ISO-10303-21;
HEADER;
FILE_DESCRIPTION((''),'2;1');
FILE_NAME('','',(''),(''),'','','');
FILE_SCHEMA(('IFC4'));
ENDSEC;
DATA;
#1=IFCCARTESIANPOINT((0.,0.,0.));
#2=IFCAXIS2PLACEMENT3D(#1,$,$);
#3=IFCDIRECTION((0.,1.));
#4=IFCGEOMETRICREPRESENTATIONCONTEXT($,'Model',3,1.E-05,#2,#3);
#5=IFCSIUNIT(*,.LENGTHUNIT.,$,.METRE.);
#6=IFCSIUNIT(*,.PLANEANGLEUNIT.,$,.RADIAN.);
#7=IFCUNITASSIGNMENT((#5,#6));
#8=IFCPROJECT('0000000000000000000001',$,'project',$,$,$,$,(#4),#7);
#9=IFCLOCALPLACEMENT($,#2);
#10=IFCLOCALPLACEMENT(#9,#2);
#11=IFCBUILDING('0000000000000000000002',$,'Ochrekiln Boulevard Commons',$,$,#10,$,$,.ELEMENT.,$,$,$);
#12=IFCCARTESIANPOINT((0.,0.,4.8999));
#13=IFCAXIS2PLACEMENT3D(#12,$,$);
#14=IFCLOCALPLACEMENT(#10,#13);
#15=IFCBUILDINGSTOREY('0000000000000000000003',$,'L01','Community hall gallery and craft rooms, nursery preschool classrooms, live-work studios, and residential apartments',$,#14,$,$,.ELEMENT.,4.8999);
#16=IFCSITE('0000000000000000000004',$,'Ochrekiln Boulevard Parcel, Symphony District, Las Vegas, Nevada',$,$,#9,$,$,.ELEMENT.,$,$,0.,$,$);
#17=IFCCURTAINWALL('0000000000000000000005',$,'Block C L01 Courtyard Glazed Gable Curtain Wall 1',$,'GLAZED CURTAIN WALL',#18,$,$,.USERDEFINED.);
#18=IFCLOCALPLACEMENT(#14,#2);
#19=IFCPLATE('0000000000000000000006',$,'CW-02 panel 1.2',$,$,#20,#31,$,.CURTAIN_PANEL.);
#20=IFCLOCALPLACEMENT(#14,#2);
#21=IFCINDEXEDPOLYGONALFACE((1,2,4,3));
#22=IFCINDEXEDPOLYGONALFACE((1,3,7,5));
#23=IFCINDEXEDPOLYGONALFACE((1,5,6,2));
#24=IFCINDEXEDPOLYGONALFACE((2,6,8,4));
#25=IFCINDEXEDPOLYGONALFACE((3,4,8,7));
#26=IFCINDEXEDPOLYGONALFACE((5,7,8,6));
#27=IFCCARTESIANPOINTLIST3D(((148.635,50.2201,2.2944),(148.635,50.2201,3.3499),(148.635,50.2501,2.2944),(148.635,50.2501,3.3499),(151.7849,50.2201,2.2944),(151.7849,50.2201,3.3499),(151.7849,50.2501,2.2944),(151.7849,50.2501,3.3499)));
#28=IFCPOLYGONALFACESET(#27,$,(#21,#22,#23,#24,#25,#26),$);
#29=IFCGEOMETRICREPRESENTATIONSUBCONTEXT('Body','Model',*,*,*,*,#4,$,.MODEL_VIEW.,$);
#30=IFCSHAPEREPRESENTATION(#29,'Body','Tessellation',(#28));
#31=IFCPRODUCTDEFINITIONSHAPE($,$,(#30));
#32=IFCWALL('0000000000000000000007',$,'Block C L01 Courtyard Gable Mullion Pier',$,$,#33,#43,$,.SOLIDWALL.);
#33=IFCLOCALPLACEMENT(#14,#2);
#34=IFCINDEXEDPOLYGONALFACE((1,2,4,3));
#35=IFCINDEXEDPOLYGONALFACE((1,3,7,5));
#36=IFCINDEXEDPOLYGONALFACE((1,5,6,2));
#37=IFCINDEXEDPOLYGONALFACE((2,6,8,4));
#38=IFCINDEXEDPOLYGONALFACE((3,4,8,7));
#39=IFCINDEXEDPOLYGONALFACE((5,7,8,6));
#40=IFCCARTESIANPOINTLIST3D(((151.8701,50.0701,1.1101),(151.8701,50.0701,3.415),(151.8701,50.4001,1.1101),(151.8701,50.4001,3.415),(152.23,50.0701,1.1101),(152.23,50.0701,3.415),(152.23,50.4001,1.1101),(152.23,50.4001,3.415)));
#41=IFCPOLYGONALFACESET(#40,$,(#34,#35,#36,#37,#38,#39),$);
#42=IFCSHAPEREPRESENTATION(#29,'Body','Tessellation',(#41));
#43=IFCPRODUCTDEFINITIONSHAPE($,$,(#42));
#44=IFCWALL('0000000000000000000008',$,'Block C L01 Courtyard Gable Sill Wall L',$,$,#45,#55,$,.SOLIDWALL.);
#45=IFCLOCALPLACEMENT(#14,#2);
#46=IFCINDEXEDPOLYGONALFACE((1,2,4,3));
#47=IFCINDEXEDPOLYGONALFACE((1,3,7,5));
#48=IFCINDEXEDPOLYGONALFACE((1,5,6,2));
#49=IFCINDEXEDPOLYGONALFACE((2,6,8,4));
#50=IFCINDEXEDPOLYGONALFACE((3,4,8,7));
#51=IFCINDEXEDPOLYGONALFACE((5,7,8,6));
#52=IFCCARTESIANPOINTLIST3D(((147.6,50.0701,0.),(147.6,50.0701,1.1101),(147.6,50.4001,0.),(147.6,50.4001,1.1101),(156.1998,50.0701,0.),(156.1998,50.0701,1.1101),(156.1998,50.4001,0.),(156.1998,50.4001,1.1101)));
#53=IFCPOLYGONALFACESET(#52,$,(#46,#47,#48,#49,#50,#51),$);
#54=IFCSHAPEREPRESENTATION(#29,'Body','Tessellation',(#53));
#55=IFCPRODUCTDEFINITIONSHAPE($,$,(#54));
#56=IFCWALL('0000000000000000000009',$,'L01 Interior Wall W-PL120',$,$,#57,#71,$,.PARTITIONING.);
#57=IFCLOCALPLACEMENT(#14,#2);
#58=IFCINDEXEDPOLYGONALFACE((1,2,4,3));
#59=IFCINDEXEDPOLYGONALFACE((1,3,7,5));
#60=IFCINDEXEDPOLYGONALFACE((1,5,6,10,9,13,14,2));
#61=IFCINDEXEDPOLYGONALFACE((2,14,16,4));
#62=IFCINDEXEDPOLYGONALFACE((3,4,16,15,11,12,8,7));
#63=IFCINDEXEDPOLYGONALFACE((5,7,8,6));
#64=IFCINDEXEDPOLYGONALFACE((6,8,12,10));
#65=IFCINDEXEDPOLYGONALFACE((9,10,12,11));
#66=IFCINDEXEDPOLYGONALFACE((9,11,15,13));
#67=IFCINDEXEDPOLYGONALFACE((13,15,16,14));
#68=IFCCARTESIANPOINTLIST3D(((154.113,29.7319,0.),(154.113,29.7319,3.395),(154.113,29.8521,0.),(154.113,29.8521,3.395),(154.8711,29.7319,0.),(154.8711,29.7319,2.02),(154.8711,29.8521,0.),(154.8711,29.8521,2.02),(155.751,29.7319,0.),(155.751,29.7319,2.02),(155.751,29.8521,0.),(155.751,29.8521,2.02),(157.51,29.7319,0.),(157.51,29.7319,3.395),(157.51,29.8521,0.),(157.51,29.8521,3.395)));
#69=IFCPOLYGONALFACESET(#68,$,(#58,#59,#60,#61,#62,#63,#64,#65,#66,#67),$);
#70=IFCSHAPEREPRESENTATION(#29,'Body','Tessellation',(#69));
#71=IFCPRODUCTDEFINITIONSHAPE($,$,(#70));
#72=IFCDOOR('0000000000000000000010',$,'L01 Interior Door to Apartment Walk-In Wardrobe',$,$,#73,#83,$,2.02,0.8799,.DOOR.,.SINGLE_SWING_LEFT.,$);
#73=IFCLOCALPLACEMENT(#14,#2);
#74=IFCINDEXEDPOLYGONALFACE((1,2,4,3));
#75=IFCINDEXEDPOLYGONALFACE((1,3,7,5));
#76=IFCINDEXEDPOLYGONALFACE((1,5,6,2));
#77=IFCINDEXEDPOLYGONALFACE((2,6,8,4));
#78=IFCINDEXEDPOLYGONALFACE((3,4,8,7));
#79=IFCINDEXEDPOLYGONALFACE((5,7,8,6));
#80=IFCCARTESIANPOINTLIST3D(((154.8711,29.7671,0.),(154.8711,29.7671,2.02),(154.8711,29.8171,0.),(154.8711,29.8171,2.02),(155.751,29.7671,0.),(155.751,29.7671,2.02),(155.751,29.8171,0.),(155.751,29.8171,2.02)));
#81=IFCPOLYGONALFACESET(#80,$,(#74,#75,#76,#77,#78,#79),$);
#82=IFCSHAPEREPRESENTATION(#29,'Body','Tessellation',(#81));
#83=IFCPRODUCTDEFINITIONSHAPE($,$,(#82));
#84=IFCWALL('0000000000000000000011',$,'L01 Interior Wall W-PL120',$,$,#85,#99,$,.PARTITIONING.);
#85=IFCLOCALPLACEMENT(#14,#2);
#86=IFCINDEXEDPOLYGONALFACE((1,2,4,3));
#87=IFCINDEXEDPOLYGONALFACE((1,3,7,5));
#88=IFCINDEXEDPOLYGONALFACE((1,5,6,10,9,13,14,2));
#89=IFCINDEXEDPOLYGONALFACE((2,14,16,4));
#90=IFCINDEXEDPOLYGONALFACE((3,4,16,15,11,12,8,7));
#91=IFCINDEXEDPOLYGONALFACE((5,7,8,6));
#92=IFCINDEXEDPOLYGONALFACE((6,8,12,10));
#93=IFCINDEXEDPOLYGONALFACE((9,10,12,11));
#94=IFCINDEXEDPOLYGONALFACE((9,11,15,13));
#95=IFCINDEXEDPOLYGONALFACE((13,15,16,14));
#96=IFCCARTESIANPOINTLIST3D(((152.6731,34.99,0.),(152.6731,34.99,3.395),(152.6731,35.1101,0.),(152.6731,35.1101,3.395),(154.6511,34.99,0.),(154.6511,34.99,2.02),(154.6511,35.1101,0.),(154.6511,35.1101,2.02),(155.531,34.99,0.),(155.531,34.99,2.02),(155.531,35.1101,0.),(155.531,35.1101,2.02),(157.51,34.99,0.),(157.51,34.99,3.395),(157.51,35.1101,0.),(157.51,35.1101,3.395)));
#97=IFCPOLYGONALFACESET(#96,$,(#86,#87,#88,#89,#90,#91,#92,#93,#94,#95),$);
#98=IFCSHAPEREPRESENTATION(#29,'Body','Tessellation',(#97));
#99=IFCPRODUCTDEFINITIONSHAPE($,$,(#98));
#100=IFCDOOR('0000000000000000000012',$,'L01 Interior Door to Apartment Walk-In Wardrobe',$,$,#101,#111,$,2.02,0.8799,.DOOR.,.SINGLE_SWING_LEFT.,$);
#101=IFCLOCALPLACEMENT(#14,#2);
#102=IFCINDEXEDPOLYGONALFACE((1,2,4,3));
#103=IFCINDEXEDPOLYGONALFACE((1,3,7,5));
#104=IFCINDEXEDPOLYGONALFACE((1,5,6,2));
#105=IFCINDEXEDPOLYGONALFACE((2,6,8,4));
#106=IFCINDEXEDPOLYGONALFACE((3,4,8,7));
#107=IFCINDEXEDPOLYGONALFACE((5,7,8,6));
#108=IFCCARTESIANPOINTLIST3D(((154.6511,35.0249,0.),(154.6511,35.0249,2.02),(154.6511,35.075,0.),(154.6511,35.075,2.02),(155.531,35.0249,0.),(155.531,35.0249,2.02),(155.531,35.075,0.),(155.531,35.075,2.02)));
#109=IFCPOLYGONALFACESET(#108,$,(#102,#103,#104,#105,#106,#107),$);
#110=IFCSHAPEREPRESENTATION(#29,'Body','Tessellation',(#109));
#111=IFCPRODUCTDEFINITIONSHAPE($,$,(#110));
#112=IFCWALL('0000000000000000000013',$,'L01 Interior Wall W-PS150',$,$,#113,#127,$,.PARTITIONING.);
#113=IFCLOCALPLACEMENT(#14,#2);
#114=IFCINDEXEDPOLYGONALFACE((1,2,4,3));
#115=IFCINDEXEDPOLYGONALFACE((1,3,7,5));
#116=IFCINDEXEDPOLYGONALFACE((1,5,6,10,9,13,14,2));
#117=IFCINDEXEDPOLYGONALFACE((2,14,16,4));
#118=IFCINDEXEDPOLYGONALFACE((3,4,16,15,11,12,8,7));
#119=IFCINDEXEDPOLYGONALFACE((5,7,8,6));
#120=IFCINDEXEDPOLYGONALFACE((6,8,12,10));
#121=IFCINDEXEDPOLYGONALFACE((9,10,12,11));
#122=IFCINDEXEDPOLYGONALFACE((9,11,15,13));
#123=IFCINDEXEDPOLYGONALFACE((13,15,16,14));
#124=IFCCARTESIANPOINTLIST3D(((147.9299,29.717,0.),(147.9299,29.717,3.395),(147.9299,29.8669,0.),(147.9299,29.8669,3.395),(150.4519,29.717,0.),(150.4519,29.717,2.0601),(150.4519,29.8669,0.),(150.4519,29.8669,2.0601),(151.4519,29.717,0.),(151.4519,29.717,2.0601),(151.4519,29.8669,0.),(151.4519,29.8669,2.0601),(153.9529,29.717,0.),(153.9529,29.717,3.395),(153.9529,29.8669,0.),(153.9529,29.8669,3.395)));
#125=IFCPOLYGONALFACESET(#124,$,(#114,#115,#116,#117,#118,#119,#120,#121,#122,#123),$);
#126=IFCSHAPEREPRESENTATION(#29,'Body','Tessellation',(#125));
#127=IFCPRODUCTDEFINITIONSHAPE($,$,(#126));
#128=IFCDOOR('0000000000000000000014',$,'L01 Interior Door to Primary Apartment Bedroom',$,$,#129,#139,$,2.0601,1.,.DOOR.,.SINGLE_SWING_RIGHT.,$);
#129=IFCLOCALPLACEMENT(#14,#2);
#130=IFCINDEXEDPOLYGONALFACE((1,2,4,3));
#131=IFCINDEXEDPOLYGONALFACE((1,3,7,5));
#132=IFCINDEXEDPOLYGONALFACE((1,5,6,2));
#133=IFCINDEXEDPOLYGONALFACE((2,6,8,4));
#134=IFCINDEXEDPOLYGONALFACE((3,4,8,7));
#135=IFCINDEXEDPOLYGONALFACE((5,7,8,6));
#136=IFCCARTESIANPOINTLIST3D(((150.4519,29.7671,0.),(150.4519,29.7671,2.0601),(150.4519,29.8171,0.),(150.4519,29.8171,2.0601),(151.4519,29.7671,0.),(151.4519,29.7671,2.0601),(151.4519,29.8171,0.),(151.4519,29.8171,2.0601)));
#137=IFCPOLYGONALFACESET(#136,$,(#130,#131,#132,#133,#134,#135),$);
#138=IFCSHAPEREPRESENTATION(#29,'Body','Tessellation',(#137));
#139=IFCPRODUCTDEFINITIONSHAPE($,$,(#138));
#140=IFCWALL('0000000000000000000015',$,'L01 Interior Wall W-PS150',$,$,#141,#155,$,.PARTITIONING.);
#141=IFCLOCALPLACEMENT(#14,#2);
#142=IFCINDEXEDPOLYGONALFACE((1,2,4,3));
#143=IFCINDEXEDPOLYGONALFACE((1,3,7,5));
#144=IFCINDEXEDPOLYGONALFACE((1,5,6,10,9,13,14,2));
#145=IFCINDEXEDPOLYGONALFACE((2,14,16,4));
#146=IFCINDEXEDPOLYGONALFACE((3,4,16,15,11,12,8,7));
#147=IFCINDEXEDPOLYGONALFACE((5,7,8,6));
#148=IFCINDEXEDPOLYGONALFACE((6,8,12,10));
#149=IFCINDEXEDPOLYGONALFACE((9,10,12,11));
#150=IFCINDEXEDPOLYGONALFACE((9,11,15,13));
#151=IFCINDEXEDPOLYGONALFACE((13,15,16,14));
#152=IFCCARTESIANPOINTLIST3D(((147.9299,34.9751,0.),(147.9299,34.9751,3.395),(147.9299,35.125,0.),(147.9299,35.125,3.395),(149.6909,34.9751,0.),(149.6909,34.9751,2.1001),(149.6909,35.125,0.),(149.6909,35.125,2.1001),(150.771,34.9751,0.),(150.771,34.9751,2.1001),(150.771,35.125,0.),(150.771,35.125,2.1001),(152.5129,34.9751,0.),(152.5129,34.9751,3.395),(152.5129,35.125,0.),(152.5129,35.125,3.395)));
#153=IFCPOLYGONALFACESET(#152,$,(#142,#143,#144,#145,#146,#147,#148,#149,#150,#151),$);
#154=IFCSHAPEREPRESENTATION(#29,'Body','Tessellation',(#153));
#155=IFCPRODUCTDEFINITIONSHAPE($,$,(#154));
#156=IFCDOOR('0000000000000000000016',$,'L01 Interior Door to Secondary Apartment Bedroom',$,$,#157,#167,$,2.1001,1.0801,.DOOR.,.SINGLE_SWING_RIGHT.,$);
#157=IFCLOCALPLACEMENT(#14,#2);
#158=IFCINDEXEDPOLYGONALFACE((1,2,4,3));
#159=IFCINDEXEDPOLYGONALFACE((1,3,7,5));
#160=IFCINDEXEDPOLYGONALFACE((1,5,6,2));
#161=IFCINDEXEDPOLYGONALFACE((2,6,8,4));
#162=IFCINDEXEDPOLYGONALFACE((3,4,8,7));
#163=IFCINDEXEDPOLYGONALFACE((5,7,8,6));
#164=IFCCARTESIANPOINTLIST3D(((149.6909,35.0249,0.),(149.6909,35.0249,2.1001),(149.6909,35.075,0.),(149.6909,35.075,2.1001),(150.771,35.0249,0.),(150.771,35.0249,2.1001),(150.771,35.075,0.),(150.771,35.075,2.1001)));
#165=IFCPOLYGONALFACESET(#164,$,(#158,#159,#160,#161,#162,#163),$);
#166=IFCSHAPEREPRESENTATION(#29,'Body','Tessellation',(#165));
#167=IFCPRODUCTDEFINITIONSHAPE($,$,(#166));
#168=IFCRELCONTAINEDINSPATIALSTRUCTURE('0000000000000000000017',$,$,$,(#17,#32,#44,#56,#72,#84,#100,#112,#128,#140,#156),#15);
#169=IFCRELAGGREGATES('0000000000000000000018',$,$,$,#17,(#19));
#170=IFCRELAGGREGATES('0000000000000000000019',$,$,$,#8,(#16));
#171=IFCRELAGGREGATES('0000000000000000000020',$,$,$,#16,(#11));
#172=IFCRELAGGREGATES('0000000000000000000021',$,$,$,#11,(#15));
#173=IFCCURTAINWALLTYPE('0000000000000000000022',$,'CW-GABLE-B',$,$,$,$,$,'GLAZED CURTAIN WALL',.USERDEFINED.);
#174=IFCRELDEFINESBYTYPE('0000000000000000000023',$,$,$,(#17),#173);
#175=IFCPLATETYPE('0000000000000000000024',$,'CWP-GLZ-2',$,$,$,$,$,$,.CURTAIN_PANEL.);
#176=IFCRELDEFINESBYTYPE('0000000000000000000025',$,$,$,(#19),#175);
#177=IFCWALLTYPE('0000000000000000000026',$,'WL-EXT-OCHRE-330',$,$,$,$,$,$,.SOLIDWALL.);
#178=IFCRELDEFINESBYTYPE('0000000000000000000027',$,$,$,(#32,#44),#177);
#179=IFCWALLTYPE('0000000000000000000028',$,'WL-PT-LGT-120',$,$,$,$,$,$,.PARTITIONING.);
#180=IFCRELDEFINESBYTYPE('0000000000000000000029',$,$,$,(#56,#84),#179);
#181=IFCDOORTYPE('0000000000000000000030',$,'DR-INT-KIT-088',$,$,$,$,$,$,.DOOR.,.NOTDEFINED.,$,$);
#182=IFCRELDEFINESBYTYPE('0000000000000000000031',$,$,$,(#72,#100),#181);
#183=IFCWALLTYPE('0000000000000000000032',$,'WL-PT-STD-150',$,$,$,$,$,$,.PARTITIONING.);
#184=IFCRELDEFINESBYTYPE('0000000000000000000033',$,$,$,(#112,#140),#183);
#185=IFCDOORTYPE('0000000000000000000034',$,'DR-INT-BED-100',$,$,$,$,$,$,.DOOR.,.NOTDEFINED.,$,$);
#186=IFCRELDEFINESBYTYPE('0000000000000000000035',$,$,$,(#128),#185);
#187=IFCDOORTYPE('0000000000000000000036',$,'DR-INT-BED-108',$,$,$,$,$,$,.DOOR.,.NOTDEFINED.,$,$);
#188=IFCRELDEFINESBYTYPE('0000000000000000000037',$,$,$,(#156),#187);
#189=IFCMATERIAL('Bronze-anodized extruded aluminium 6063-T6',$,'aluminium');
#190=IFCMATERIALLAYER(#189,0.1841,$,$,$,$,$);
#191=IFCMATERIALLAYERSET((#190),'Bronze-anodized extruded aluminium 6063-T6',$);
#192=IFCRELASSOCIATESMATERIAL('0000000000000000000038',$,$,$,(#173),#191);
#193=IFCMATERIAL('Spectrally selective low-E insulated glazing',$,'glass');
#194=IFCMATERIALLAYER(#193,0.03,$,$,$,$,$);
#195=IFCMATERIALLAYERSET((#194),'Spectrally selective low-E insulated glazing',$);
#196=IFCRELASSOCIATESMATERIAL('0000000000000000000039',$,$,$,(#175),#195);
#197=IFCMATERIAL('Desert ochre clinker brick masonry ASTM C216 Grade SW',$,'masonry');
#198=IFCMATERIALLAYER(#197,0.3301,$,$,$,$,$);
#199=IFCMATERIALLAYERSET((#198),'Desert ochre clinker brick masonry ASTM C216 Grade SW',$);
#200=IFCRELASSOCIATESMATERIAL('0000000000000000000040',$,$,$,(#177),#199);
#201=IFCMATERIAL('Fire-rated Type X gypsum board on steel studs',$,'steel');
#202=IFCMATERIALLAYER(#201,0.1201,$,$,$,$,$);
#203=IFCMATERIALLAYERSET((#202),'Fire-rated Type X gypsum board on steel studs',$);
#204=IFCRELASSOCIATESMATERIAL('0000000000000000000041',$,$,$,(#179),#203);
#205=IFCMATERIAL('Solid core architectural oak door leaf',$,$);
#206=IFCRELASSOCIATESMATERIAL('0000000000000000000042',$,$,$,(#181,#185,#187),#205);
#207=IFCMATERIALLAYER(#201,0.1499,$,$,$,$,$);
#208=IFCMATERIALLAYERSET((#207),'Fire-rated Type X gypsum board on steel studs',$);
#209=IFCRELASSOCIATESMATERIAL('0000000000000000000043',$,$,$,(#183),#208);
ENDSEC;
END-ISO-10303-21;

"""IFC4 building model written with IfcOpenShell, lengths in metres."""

from ifc_helpers import new_model, si_unit, direction, frame, frame_2d, origin, origin_2d, place, context, subcontext, project, spatial, rectangle, extrude, material, layer, layer_set, type_object, element, fill, aggregate, save


model = new_model("IFC4")

# Units and contexts
model_context = context("Model", 3, precision=1e-05, world=origin(), true_north=direction((0.0, 1.0)))
body_context = subcontext(model_context, "Body", "Model", "MODEL_VIEW")
ifc_project = project(units=[si_unit("LENGTHUNIT", "METRE"), si_unit("PLANEANGLEUNIT", "RADIAN")], contexts=[model_context])

# Site, building, storey
site_placement = place(None, origin())
site = spatial("IfcSite", under=ifc_project, at=site_placement, Name="Ochrekiln Boulevard Parcel, Symphony District, Las Vegas, Nevada", CompositionType="ELEMENT", RefElevation=0.0)
building_placement = place(site_placement, origin())
building = spatial("IfcBuilding", under=site, at=building_placement, Name="Ochrekiln Boulevard Commons", CompositionType="ELEMENT")
storey_placement = place(building_placement, frame((0.0, 0.0, 4.8999)))
storey = spatial("IfcBuildingStorey", under=building, at=storey_placement, Name="L01", Description="Community hall gallery and craft rooms, nursery preschool classrooms, live-work studios, and residential apartments", CompositionType="ELEMENT", Elevation=4.8999)

# Curtain wall
ifc_material_1 = material(Name="Bronze-anodized extruded aluminium 6063-T6", Category="aluminium")
ifc_layer_1 = layer(ifc_material_1, 0.1841)
ifc_layer_set_1 = layer_set([ifc_layer_1], Name="Bronze-anodized extruded aluminium 6063-T6")
curtain_wall_type = type_object("IfcCurtainWallType", Name="CW-GABLE-B", ElementType="GLAZED CURTAIN WALL", PredefinedType="USERDEFINED", material=ifc_layer_set_1)
curtain_wall_placement = place(storey_placement, origin())
curtain_wall = element("IfcCurtainWall", 1, at=curtain_wall_placement, inside=storey, type_object=curtain_wall_type, Name="Block C L01 Courtyard Glazed Gable Curtain Wall 1", ObjectType="GLAZED CURTAIN WALL", PredefinedType="USERDEFINED")

# Plate
ifc_material_2 = material(Name="Spectrally selective low-E insulated glazing", Category="glass")
ifc_layer_2 = layer(ifc_material_2, 0.03)
ifc_layer_set_2 = layer_set([ifc_layer_2], Name="Spectrally selective low-E insulated glazing")
plate_type = type_object("IfcPlateType", Name="CWP-GLZ-2", PredefinedType="CURTAIN_PANEL", material=ifc_layer_set_2)
plate_1_placement = place(storey_placement, frame((150.21, 50.2351, 2.2944), z_axis=(0.0, 0.0, 1.0), x_axis=(1.0, 0.0, 0.0)))
plate_1 = element("IfcPlate", 2, at=plate_1_placement, type_object=plate_type, Name="CW-02 panel 1.2", PredefinedType="CURTAIN_PANEL", context=body_context, shape_type="SweptSolid", body=[
    extrude(rectangle(XDim=3.1499, YDim=0.03, at=origin_2d()), origin(), (0.0, 0.0, 1.0), 1.0554),
])
aggregate(curtain_wall, [plate_1])

# Walls
ifc_material_3 = material(Name="Desert ochre clinker brick masonry ASTM C216 Grade SW", Category="masonry")
ifc_layer_3 = layer(ifc_material_3, 0.3301)
ifc_layer_set_3 = layer_set([ifc_layer_3], Name="Desert ochre clinker brick masonry ASTM C216 Grade SW")
wall_type_1 = type_object("IfcWallType", Name="WL-EXT-OCHRE-330", PredefinedType="SOLIDWALL", material=ifc_layer_set_3)
wall_1_placement = place(storey_placement, frame((151.8701, 50.2351, 1.1101), z_axis=(0.0, 0.0, 1.0), x_axis=(1.0, 0.0, 0.0)))
element("IfcWall", 3, at=wall_1_placement, inside=storey, type_object=wall_type_1, Name="Block C L01 Courtyard Gable Mullion Pier", PredefinedType="SOLIDWALL", context=body_context, shape_type="SweptSolid", body=[
    extrude(rectangle(XDim=0.3599, YDim=0.3301, at=frame_2d((0.1799, 0.0))), origin(), (0.0, 0.0, 1.0), 2.3049),
])
wall_2_placement = place(storey_placement, frame((147.6001, 50.2351, 0.0), z_axis=(0.0, 0.0, 1.0), x_axis=(1.0, 0.0, 0.0)))
element("IfcWall", 4, at=wall_2_placement, inside=storey, type_object=wall_type_1, Name="Block C L01 Courtyard Gable Sill Wall L", PredefinedType="SOLIDWALL", context=body_context, shape_type="SweptSolid", body=[
    extrude(rectangle(XDim=8.5999, YDim=0.3301, at=frame_2d((4.2998, 0.0))), origin(), (0.0, 0.0, 1.0), 1.1101),
])

# Walls, openings, doors
ifc_material_4 = material(Name="Fire-rated Type X gypsum board on steel studs", Category="steel")
ifc_layer_4 = layer(ifc_material_4, 0.1201)
ifc_layer_set_4 = layer_set([ifc_layer_4], Name="Fire-rated Type X gypsum board on steel studs")
wall_type_2 = type_object("IfcWallType", Name="WL-PT-LGT-120", PredefinedType="PARTITIONING", material=ifc_layer_set_4)
wall_3_placement = place(storey_placement, frame((154.113, 29.792, 0.0), z_axis=(0.0, 0.0, 1.0), x_axis=(1.0, 0.0, 0.0)))
wall_3 = element("IfcWall", 5, at=wall_3_placement, inside=storey, type_object=wall_type_2, Name="L01 Interior Wall W-PL120", PredefinedType="PARTITIONING", context=body_context, shape_type="SweptSolid", body=[
    extrude(rectangle(XDim=3.397, YDim=0.1201, at=frame_2d((1.6985, 0.0))), origin(), (0.0, 0.0, 1.0), 3.395),
])
opening_1_placement = place(wall_3_placement, frame((0.7581, 0.0, 0.0)))
opening_1 = element("IfcOpeningElement", 6, at=opening_1_placement, cuts=wall_3, PredefinedType="OPENING", context=body_context, shape_type="SweptSolid", body=[
    extrude(rectangle(XDim=0.8799, YDim=2.02, at=frame_2d((0.4399, 1.01))), frame((0.0, 0.0701, 0.0), z_axis=(0.0, -1.0, 0.0), x_axis=(1.0, 0.0, 0.0)), (0.0, 0.0, 1.0), 0.1401),
])
ifc_material_5 = material(Name="Solid core architectural oak door leaf")
door_type_1 = type_object("IfcDoorType", Name="DR-INT-KIT-088", OperationType="NOTDEFINED", PredefinedType="DOOR", material=ifc_material_5)
door_1_placement = place(opening_1_placement, frame((0.8799, 0.0, 0.0), z_axis=(0.0, 0.0, 1.0), x_axis=(-1.0, 0.0, 0.0)))
door_1 = element("IfcDoor", 7, at=door_1_placement, inside=storey, type_object=door_type_1, Name="L01 Interior Door to Apartment Walk-In Wardrobe", OperationType="SINGLE_SWING_LEFT", OverallHeight=2.02, OverallWidth=0.8799, PredefinedType="DOOR", context=body_context, shape_type="SweptSolid", body=[
    extrude(rectangle(XDim=0.8799, YDim=2.02, at=frame_2d((0.4399, 1.01))), frame((0.0, 0.0249, 0.0), z_axis=(0.0, -1.0, 0.0), x_axis=(1.0, 0.0, 0.0)), (0.0, 0.0, 1.0), 0.05),
])
fill(opening_1, door_1)
wall_4_placement = place(storey_placement, frame((152.6731, 35.05, 0.0), z_axis=(0.0, 0.0, 1.0), x_axis=(1.0, 0.0, 0.0)))
wall_4 = element("IfcWall", 8, at=wall_4_placement, inside=storey, type_object=wall_type_2, Name="L01 Interior Wall W-PL120", PredefinedType="PARTITIONING", context=body_context, shape_type="SweptSolid", body=[
    extrude(rectangle(XDim=4.8369, YDim=0.1201, at=frame_2d((2.4185, 0.0))), origin(), (0.0, 0.0, 1.0), 3.395),
])
opening_2_placement = place(wall_4_placement, frame((1.978, 0.0, 0.0)))
opening_2 = element("IfcOpeningElement", 9, at=opening_2_placement, cuts=wall_4, PredefinedType="OPENING", context=body_context, shape_type="SweptSolid", body=[
    extrude(rectangle(XDim=0.8799, YDim=2.02, at=frame_2d((0.4399, 1.01))), frame((0.0, 0.0701, 0.0), z_axis=(0.0, -1.0, 0.0), x_axis=(1.0, 0.0, 0.0)), (0.0, 0.0, 1.0), 0.1401),
])
door_2_placement = place(opening_2_placement, origin())
door_2 = element("IfcDoor", 10, at=door_2_placement, inside=storey, type_object=door_type_1, Name="L01 Interior Door to Apartment Walk-In Wardrobe", OperationType="SINGLE_SWING_LEFT", OverallHeight=2.02, OverallWidth=0.8799, PredefinedType="DOOR", context=body_context, shape_type="SweptSolid", body=[
    extrude(rectangle(XDim=0.8799, YDim=2.02, at=frame_2d((0.4399, 1.01))), frame((0.0, 0.0249, 0.0), z_axis=(0.0, -1.0, 0.0), x_axis=(1.0, 0.0, 0.0)), (0.0, 0.0, 1.0), 0.05),
])
fill(opening_2, door_2)
ifc_layer_5 = layer(ifc_material_4, 0.1499)
ifc_layer_set_5 = layer_set([ifc_layer_5], Name="Fire-rated Type X gypsum board on steel studs")
wall_type_3 = type_object("IfcWallType", Name="WL-PT-STD-150", PredefinedType="PARTITIONING", material=ifc_layer_set_5)
wall_5_placement = place(storey_placement, frame((147.9299, 29.792, 0.0), z_axis=(0.0, 0.0, 1.0), x_axis=(1.0, 0.0, 0.0)))
wall_5 = element("IfcWall", 11, at=wall_5_placement, inside=storey, type_object=wall_type_3, Name="L01 Interior Wall W-PS150", PredefinedType="PARTITIONING", context=body_context, shape_type="SweptSolid", body=[
    extrude(rectangle(XDim=6.0229, YDim=0.1499, at=frame_2d((3.0115, 0.0))), origin(), (0.0, 0.0, 1.0), 3.395),
])
opening_3_placement = place(wall_5_placement, frame((2.522, 0.0, 0.0)))
opening_3 = element("IfcOpeningElement", 12, at=opening_3_placement, cuts=wall_5, PredefinedType="OPENING", context=body_context, shape_type="SweptSolid", body=[
    extrude(rectangle(XDim=1.0, YDim=2.0601, at=frame_2d((0.5, 1.03))), frame((0.0, 0.085, 0.0), z_axis=(0.0, -1.0, 0.0), x_axis=(1.0, 0.0, 0.0)), (0.0, 0.0, 1.0), 0.1699),
])
door_type_2 = type_object("IfcDoorType", Name="DR-INT-BED-100", OperationType="NOTDEFINED", PredefinedType="DOOR", material=ifc_material_5)
door_3_placement = place(opening_3_placement, frame((1.0, 0.0, 0.0), z_axis=(0.0, 0.0, 1.0), x_axis=(-1.0, 0.0, 0.0)))
door_3 = element("IfcDoor", 13, at=door_3_placement, inside=storey, type_object=door_type_2, Name="L01 Interior Door to Primary Apartment Bedroom", OperationType="SINGLE_SWING_RIGHT", OverallHeight=2.0601, OverallWidth=1.0, PredefinedType="DOOR", context=body_context, shape_type="SweptSolid", body=[
    extrude(rectangle(XDim=1.0, YDim=2.0601, at=frame_2d((0.5, 1.03))), frame((0.0, 0.0249, 0.0), z_axis=(0.0, -1.0, 0.0), x_axis=(1.0, 0.0, 0.0)), (0.0, 0.0, 1.0), 0.05),
])
fill(opening_3, door_3)
wall_6_placement = place(storey_placement, frame((147.9299, 35.05, 0.0), z_axis=(0.0, 0.0, 1.0), x_axis=(1.0, 0.0, 0.0)))
wall_6 = element("IfcWall", 14, at=wall_6_placement, inside=storey, type_object=wall_type_3, Name="L01 Interior Wall W-PS150", PredefinedType="PARTITIONING", context=body_context, shape_type="SweptSolid", body=[
    extrude(rectangle(XDim=4.583, YDim=0.1499, at=frame_2d((2.2915, 0.0))), origin(), (0.0, 0.0, 1.0), 3.395),
])
opening_4_placement = place(wall_6_placement, frame((1.761, 0.0, 0.0)))
opening_4 = element("IfcOpeningElement", 15, at=opening_4_placement, cuts=wall_6, PredefinedType="OPENING", context=body_context, shape_type="SweptSolid", body=[
    extrude(rectangle(XDim=1.0801, YDim=2.1001, at=frame_2d((0.54, 1.05))), frame((0.0, 0.085, 0.0), z_axis=(0.0, -1.0, 0.0), x_axis=(1.0, 0.0, 0.0)), (0.0, 0.0, 1.0), 0.1699),
])
door_type_3 = type_object("IfcDoorType", Name="DR-INT-BED-108", OperationType="NOTDEFINED", PredefinedType="DOOR", material=ifc_material_5)
door_4_placement = place(opening_4_placement, origin())
door_4 = element("IfcDoor", 16, at=door_4_placement, inside=storey, type_object=door_type_3, Name="L01 Interior Door to Secondary Apartment Bedroom", OperationType="SINGLE_SWING_RIGHT", OverallHeight=2.1001, OverallWidth=1.0801, PredefinedType="DOOR", context=body_context, shape_type="SweptSolid", body=[
    extrude(rectangle(XDim=1.0801, YDim=2.1001, at=frame_2d((0.54, 1.05))), frame((0.0, 0.0249, 0.0), z_axis=(0.0, -1.0, 0.0), x_axis=(1.0, 0.0, 0.0)), (0.0, 0.0, 1.0), 0.05),
])
fill(opening_4, door_4)

save(model, "model.ifc")
